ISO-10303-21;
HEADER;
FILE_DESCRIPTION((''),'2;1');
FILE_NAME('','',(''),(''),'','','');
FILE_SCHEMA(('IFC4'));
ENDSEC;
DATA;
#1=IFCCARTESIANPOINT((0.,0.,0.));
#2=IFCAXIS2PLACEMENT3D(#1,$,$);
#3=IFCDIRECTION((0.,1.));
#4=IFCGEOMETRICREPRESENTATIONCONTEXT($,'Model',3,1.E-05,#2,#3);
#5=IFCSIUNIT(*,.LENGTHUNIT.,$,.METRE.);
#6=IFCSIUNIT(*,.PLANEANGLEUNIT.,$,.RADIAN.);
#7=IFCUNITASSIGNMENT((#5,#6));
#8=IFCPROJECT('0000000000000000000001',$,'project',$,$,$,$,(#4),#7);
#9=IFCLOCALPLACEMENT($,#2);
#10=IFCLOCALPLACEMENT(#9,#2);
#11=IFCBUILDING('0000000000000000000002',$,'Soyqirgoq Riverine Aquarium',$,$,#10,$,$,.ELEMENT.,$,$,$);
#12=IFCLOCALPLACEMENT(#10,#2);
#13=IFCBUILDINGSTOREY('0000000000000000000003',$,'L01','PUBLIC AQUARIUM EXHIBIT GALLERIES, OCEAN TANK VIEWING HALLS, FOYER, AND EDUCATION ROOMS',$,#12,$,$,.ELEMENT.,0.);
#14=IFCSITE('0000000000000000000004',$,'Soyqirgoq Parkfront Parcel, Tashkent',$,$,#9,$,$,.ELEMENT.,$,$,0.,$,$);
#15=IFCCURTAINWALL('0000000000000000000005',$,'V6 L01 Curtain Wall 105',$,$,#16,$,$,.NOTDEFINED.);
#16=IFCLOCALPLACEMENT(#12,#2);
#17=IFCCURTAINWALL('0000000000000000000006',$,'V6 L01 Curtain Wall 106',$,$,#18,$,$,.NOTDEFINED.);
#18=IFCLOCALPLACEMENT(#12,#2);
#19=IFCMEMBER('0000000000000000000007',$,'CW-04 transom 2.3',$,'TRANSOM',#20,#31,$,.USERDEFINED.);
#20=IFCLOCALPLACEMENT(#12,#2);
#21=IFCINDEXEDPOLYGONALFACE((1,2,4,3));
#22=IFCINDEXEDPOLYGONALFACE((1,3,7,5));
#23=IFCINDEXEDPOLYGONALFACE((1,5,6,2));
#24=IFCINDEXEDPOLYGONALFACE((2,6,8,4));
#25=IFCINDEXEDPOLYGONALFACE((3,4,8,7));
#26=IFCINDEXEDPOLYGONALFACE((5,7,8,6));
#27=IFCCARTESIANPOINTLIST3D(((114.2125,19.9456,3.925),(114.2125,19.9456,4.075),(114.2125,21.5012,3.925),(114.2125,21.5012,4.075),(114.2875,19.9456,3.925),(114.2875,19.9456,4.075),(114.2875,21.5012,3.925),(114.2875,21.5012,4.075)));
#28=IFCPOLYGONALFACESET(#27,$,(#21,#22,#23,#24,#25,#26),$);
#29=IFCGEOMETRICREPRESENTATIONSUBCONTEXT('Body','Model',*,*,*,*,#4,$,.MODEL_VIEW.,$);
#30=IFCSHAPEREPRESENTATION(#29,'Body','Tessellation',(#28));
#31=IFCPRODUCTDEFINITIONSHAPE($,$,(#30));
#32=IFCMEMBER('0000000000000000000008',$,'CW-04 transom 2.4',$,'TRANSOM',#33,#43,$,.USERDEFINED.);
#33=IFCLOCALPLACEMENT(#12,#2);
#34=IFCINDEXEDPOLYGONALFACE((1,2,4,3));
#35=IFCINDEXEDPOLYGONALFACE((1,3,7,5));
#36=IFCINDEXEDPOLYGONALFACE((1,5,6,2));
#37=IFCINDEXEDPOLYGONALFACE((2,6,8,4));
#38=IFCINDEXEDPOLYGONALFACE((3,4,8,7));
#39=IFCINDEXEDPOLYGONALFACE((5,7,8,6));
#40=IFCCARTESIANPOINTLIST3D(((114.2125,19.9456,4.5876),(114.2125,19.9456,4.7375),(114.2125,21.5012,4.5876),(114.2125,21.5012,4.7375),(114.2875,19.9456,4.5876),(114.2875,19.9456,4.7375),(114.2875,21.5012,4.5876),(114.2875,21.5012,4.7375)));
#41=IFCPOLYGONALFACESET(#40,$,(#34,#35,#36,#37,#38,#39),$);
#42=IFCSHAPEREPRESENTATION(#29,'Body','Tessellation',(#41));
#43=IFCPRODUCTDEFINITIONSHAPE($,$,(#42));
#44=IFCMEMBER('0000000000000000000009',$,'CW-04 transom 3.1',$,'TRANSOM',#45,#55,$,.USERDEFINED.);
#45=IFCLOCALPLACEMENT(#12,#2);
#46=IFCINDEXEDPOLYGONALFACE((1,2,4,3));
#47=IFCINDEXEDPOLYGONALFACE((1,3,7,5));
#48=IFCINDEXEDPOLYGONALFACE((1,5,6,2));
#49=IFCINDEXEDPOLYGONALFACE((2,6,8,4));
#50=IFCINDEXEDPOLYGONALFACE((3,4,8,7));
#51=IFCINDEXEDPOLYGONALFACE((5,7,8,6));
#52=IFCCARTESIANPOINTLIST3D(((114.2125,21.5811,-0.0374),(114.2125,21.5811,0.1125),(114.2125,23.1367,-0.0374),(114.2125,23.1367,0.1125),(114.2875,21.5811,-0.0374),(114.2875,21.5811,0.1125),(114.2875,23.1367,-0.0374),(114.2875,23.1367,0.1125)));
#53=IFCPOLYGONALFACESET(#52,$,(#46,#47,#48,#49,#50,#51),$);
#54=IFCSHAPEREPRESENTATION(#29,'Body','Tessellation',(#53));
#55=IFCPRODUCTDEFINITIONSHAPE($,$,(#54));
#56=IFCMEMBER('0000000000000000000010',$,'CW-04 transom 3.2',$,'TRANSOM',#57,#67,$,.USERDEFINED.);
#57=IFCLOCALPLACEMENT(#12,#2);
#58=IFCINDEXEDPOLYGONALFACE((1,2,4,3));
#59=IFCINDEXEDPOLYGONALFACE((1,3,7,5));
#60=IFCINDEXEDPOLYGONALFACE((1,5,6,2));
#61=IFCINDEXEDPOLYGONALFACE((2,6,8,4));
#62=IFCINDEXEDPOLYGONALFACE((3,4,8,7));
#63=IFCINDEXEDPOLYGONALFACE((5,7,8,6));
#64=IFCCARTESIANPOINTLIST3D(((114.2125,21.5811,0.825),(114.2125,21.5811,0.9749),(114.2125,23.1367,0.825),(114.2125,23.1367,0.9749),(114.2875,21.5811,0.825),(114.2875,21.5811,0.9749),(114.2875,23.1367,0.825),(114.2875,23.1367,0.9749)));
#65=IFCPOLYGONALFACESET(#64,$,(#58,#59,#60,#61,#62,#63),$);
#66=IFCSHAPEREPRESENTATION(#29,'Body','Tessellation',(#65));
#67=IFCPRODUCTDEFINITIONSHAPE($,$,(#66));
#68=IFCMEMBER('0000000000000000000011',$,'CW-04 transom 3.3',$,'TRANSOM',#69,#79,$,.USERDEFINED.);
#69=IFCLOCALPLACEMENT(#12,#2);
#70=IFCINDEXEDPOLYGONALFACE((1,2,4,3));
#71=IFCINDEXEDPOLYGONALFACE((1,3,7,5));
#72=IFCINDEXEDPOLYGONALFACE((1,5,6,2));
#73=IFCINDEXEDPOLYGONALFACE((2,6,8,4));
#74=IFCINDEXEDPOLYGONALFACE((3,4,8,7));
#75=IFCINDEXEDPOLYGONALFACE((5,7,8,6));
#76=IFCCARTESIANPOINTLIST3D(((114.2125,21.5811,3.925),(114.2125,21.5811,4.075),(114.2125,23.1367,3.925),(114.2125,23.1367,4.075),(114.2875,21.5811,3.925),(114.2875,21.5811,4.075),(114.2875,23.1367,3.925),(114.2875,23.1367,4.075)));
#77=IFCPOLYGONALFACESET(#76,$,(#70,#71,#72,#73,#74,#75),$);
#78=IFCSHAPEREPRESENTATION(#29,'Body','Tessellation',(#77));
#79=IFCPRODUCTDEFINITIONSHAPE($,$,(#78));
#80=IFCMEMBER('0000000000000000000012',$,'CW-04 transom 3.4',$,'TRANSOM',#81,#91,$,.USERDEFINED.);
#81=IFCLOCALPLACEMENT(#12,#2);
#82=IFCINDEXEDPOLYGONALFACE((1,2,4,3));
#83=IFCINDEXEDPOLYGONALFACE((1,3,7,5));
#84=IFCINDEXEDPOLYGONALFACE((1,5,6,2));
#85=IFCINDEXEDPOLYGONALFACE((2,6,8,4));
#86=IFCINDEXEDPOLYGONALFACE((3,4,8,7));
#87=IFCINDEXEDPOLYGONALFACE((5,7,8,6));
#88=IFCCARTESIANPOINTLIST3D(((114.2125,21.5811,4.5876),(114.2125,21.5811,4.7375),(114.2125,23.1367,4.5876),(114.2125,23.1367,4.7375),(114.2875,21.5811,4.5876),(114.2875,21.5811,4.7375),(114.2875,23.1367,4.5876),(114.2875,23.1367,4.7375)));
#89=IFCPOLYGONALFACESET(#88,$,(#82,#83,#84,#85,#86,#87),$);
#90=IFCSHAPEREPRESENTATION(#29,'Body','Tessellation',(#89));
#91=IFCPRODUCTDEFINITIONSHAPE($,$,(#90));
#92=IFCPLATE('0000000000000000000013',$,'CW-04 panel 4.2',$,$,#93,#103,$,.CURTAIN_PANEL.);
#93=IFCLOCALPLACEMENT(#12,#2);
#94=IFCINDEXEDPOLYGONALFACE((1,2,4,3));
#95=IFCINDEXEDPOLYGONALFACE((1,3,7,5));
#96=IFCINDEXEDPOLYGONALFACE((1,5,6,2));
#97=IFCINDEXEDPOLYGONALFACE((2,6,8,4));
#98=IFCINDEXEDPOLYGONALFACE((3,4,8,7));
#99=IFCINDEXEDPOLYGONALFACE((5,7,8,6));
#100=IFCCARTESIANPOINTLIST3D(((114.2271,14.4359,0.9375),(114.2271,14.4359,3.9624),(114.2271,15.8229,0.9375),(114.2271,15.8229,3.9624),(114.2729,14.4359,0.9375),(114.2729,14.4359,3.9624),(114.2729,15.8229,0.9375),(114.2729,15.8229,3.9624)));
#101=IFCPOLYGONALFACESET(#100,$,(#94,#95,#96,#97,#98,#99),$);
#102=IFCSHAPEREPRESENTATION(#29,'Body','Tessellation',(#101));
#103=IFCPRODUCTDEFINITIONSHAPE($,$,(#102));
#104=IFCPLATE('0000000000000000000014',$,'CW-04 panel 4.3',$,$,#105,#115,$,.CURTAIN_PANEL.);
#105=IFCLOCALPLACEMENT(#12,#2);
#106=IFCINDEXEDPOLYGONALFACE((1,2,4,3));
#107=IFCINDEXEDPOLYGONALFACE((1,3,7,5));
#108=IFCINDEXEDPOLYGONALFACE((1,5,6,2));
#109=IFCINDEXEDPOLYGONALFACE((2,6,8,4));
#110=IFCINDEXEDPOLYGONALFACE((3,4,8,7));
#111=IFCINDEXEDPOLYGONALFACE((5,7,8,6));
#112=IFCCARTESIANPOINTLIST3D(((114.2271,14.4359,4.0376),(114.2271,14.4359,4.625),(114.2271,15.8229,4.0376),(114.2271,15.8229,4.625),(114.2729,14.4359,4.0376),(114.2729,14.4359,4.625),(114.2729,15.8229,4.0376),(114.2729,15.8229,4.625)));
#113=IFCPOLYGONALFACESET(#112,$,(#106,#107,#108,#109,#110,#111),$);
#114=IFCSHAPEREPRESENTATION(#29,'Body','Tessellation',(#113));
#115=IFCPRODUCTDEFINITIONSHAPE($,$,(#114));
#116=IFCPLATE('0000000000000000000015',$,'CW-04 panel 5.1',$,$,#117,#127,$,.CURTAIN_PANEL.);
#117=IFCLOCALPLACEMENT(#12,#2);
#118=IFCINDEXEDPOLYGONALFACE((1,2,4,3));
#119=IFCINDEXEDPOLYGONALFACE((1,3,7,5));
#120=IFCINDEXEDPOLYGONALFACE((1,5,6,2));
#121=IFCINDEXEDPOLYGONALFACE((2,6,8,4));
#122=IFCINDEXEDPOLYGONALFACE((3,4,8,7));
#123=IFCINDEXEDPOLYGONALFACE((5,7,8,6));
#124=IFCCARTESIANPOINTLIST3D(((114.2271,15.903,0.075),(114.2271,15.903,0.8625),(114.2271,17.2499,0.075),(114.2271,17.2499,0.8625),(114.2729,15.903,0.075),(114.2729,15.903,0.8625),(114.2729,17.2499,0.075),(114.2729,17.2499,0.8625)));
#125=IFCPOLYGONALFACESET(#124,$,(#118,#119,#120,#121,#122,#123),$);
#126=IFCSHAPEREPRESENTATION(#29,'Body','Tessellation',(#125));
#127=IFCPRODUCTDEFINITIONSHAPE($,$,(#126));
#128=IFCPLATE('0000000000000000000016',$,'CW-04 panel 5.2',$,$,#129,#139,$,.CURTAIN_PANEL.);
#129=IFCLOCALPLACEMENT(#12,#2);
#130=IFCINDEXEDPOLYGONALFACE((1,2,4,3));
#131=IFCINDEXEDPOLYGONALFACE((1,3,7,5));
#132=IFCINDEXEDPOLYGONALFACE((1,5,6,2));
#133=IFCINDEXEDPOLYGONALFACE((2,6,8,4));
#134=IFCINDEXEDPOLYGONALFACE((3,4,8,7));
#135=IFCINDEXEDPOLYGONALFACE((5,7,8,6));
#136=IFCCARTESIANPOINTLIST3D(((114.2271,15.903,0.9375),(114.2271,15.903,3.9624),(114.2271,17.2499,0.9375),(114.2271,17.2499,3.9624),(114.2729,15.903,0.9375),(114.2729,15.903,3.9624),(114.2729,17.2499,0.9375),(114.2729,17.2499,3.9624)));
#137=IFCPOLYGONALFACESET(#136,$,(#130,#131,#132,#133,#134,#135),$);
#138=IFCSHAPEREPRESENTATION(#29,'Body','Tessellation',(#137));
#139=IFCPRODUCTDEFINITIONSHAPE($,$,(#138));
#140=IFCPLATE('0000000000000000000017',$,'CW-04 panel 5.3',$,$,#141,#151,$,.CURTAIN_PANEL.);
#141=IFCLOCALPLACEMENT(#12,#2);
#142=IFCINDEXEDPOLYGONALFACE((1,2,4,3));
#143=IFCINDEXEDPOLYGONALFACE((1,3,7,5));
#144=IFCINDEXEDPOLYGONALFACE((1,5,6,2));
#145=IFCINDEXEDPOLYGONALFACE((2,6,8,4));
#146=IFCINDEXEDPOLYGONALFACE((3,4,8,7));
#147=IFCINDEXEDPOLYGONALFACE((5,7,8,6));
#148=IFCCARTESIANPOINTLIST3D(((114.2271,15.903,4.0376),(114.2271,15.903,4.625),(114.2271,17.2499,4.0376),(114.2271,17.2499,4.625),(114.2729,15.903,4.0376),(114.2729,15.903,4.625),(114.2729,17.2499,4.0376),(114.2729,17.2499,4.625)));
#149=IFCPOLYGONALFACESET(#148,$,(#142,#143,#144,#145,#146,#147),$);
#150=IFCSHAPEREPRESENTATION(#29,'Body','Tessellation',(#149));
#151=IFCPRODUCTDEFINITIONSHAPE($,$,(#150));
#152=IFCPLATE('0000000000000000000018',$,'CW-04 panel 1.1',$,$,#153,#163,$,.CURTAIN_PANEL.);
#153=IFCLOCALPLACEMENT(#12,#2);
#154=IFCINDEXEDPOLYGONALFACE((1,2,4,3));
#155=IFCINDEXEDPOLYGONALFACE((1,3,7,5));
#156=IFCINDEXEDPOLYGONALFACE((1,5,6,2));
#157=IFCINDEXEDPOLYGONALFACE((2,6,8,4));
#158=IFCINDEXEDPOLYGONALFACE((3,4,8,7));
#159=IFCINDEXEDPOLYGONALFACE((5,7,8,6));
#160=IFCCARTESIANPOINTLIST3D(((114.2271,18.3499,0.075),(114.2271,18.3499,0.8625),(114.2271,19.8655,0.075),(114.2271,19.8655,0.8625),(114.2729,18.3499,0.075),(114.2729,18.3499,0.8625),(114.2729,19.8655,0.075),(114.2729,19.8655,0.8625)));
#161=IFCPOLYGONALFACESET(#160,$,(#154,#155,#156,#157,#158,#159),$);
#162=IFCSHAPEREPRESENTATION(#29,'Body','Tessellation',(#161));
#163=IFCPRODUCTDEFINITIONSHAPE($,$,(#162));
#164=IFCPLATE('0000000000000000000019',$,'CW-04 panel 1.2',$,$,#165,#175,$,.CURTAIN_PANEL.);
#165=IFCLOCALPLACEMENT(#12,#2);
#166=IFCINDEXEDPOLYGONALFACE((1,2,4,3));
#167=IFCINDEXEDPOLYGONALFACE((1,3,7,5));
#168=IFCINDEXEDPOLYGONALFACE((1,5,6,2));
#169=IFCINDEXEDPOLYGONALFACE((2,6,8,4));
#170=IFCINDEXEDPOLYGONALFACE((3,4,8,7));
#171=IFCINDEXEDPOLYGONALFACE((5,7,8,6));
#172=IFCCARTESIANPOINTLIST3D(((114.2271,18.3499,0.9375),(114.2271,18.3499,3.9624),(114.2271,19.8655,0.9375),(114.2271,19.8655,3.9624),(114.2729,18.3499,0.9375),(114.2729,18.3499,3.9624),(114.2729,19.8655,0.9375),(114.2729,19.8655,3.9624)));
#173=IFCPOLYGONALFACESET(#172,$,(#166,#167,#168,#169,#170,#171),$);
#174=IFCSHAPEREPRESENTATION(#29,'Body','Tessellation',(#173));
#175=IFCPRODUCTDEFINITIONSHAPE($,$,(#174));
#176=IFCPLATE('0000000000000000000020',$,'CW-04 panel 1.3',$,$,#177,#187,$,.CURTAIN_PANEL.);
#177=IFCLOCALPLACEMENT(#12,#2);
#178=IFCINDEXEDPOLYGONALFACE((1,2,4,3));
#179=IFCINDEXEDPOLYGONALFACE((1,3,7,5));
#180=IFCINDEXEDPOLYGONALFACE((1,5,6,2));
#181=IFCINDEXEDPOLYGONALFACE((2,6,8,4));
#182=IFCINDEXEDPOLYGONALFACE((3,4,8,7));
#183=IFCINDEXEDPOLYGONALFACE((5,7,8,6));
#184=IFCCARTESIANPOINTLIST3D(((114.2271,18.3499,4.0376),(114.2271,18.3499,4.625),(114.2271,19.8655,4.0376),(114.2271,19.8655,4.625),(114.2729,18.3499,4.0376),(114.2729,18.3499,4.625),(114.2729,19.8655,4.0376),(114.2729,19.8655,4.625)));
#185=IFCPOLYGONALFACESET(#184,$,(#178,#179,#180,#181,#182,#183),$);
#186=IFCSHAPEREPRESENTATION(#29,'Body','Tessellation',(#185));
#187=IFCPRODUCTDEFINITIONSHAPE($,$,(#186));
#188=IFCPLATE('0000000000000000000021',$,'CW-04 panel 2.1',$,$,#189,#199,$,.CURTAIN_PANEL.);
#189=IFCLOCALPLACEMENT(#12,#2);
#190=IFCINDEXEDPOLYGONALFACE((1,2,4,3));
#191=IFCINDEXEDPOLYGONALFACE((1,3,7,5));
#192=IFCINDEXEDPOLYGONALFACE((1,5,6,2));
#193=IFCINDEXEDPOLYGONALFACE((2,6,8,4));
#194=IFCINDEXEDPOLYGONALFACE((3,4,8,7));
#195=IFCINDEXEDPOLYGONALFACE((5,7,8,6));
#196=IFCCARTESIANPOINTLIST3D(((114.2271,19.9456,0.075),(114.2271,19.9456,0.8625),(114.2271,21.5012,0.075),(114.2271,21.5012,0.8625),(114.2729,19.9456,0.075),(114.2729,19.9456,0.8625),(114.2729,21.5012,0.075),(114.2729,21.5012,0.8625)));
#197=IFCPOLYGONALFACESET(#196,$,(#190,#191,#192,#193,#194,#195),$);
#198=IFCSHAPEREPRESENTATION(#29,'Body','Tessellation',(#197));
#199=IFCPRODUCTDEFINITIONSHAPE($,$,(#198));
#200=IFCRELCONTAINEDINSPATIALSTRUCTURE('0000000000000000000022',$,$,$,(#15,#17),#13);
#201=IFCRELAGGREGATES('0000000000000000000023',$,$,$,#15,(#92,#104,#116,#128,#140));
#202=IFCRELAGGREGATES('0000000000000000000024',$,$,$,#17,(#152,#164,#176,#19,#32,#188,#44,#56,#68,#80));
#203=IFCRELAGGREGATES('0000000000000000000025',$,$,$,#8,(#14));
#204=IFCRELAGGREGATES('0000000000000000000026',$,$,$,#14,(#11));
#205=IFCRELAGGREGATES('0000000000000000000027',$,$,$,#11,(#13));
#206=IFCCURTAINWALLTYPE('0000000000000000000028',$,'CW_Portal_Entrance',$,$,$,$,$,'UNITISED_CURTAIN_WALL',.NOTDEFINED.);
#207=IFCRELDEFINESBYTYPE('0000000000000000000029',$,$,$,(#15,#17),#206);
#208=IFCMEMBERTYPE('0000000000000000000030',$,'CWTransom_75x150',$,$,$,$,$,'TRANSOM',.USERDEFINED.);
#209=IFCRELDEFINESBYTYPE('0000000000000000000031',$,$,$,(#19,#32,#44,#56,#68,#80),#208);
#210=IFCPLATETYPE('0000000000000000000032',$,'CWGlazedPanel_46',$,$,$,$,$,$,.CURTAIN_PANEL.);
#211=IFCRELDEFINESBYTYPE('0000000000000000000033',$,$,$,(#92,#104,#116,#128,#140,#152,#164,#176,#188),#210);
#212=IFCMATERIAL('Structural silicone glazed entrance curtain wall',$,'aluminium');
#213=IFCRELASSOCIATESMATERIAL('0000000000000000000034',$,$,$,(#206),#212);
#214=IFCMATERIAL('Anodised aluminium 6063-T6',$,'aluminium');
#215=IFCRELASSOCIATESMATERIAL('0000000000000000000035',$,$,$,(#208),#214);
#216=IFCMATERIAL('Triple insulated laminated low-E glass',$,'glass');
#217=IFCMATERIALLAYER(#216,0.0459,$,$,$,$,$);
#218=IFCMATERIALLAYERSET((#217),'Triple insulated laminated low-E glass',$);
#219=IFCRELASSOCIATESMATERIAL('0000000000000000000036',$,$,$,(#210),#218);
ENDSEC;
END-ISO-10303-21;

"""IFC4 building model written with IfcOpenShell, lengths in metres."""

from ifc_helpers import new_model, si_unit, direction, frame, origin, origin_2d, place, context, subcontext, project, spatial, rectangle, extrude, material, layer, layer_set, material_profile, profile_set, type_object, element, aggregate, save


model = new_model("IFC4")

# Units and contexts
model_context = context("Model", 3, precision=1e-05, world=origin(), true_north=direction((0.0, 1.0)))
body_context = subcontext(model_context, "Body", "Model", "MODEL_VIEW")
ifc_project = project(units=[si_unit("LENGTHUNIT", "METRE"), si_unit("PLANEANGLEUNIT", "RADIAN")], contexts=[model_context])

# Site, building, storey
site_placement = place(None, origin())
site = spatial("IfcSite", under=ifc_project, at=site_placement, Name="Soyqirgoq Parkfront Parcel, Tashkent", CompositionType="ELEMENT", RefElevation=0.0)
building_placement = place(site_placement, origin())
building = spatial("IfcBuilding", under=site, at=building_placement, Name="Soyqirgoq Riverine Aquarium", CompositionType="ELEMENT")
storey_placement = place(building_placement, origin())
storey = spatial("IfcBuildingStorey", under=building, at=storey_placement, Name="L01", Description="PUBLIC AQUARIUM EXHIBIT GALLERIES, OCEAN TANK VIEWING HALLS, FOYER, AND EDUCATION ROOMS", CompositionType="ELEMENT", Elevation=0.0)

# Curtain walls
ifc_material_1 = material(Name="Structural silicone glazed entrance curtain wall", Category="aluminium")
curtain_wall_type = type_object("IfcCurtainWallType", Name="CW_Portal_Entrance", ElementType="UNITISED_CURTAIN_WALL", PredefinedType="NOTDEFINED", material=ifc_material_1)
curtain_wall_1_placement = place(storey_placement, origin())
curtain_wall_1 = element("IfcCurtainWall", 1, at=curtain_wall_1_placement, inside=storey, type_object=curtain_wall_type, Name="V6 L01 Curtain Wall 105", PredefinedType="NOTDEFINED")
curtain_wall_2_placement = place(storey_placement, origin())
curtain_wall_2 = element("IfcCurtainWall", 2, at=curtain_wall_2_placement, inside=storey, type_object=curtain_wall_type, Name="V6 L01 Curtain Wall 106", PredefinedType="NOTDEFINED")

# Members
ifc_material_2 = material(Name="Anodised aluminium 6063-T6", Category="aluminium")
ifc_material_profile_1 = material_profile(ifc_material_2, rectangle(XDim=0.075, YDim=0.1499, at=origin_2d()), Name="ALU-T 75x150")
ifc_profile_set_1 = profile_set([ifc_material_profile_1], Name="Anodised aluminium 6063-T6")
member_type_1 = type_object("IfcMemberType", Name="CWTransom_75x150", ElementType="TRANSOM", PredefinedType="USERDEFINED", material=ifc_profile_set_1)
member_1_placement = place(storey_placement, frame((114.25, 19.9456, 4.0), z_axis=(0.0, 1.0, 0.0), x_axis=(-1.0, 0.0, 0.0)))
member_1 = element("IfcMember", 3, at=member_1_placement, type_object=member_type_1, Name="CW-04 transom 2.3", ObjectType="TRANSOM", PredefinedType="USERDEFINED", context=body_context, shape_type="SweptSolid", body=[
    extrude(rectangle(XDim=0.075, YDim=0.1499, at=origin_2d()), origin(), (0.0, 0.0, 1.0), 1.5557),
])
member_2_placement = place(storey_placement, frame((114.25, 19.9456, 4.6626), z_axis=(0.0, 1.0, 0.0), x_axis=(-1.0, 0.0, 0.0)))
member_2 = element("IfcMember", 4, at=member_2_placement, type_object=member_type_1, Name="CW-04 transom 2.4", ObjectType="TRANSOM", PredefinedType="USERDEFINED", context=body_context, shape_type="SweptSolid", body=[
    extrude(rectangle(XDim=0.075, YDim=0.1499, at=origin_2d()), origin(), (0.0, 0.0, 1.0), 1.5557),
])
member_3_placement = place(storey_placement, frame((114.25, 21.5811, 0.0376), z_axis=(0.0, 1.0, 0.0), x_axis=(-1.0, 0.0, 0.0)))
member_3 = element("IfcMember", 5, at=member_3_placement, type_object=member_type_1, Name="CW-04 transom 3.1", ObjectType="TRANSOM", PredefinedType="USERDEFINED", context=body_context, shape_type="SweptSolid", body=[
    extrude(rectangle(XDim=0.075, YDim=0.1499, at=origin_2d()), origin(), (0.0, 0.0, 1.0), 1.5557),
])
member_4_placement = place(storey_placement, frame((114.25, 21.5811, 0.8999), z_axis=(0.0, 1.0, 0.0), x_axis=(-1.0, 0.0, 0.0)))
member_4 = element("IfcMember", 6, at=member_4_placement, type_object=member_type_1, Name="CW-04 transom 3.2", ObjectType="TRANSOM", PredefinedType="USERDEFINED", context=body_context, shape_type="SweptSolid", body=[
    extrude(rectangle(XDim=0.075, YDim=0.1499, at=origin_2d()), origin(), (0.0, 0.0, 1.0), 1.5557),
])
member_5_placement = place(storey_placement, frame((114.25, 21.5811, 4.0), z_axis=(0.0, 1.0, 0.0), x_axis=(-1.0, 0.0, 0.0)))
member_5 = element("IfcMember", 7, at=member_5_placement, type_object=member_type_1, Name="CW-04 transom 3.3", ObjectType="TRANSOM", PredefinedType="USERDEFINED", context=body_context, shape_type="SweptSolid", body=[
    extrude(rectangle(XDim=0.075, YDim=0.1499, at=origin_2d()), origin(), (0.0, 0.0, 1.0), 1.5557),
])
member_6_placement = place(storey_placement, frame((114.25, 21.5811, 4.6626), z_axis=(0.0, 1.0, 0.0), x_axis=(-1.0, 0.0, 0.0)))
member_6 = element("IfcMember", 8, at=member_6_placement, type_object=member_type_1, Name="CW-04 transom 3.4", ObjectType="TRANSOM", PredefinedType="USERDEFINED", context=body_context, shape_type="SweptSolid", body=[
    extrude(rectangle(XDim=0.075, YDim=0.1499, at=origin_2d()), origin(), (0.0, 0.0, 1.0), 1.5557),
])

# Plates
ifc_material_3 = material(Name="Triple insulated laminated low-E glass", Category="glass")
ifc_layer = layer(ifc_material_3, 0.0459)
ifc_layer_set = layer_set([ifc_layer], Name="Triple insulated laminated low-E glass")
plate_type = type_object("IfcPlateType", Name="CWGlazedPanel_46", PredefinedType="CURTAIN_PANEL", material=ifc_layer_set)
plate_1_placement = place(storey_placement, frame((114.25, 15.1294, 0.9375), z_axis=(0.0, 0.0, 1.0), x_axis=(0.0, 1.0, 0.0)))
plate_1 = element("IfcPlate", 9, at=plate_1_placement, type_object=plate_type, Name="CW-04 panel 4.2", PredefinedType="CURTAIN_PANEL", context=body_context, shape_type="SweptSolid", body=[
    extrude(rectangle(XDim=1.387, YDim=0.0459, at=origin_2d()), origin(), (0.0, 0.0, 1.0), 3.0249),
])
plate_2_placement = place(storey_placement, frame((114.25, 15.1294, 4.0376), z_axis=(0.0, 0.0, 1.0), x_axis=(0.0, 1.0, 0.0)))
plate_2 = element("IfcPlate", 10, at=plate_2_placement, type_object=plate_type, Name="CW-04 panel 4.3", PredefinedType="CURTAIN_PANEL", context=body_context, shape_type="SweptSolid", body=[
    extrude(rectangle(XDim=1.387, YDim=0.0459, at=origin_2d()), origin(), (0.0, 0.0, 1.0), 0.5874),
])
plate_3_placement = place(storey_placement, frame((114.25, 16.5764, 0.075), z_axis=(0.0, 0.0, 1.0), x_axis=(0.0, 1.0, 0.0)))
plate_3 = element("IfcPlate", 11, at=plate_3_placement, type_object=plate_type, Name="CW-04 panel 5.1", PredefinedType="CURTAIN_PANEL", context=body_context, shape_type="SweptSolid", body=[
    extrude(rectangle(XDim=1.3469, YDim=0.0459, at=origin_2d()), origin(), (0.0, 0.0, 1.0), 0.7876),
])
plate_4_placement = place(storey_placement, frame((114.25, 16.5764, 0.9375), z_axis=(0.0, 0.0, 1.0), x_axis=(0.0, 1.0, 0.0)))
plate_4 = element("IfcPlate", 12, at=plate_4_placement, type_object=plate_type, Name="CW-04 panel 5.2", PredefinedType="CURTAIN_PANEL", context=body_context, shape_type="SweptSolid", body=[
    extrude(rectangle(XDim=1.3469, YDim=0.0459, at=origin_2d()), origin(), (0.0, 0.0, 1.0), 3.0249),
])
plate_5_placement = place(storey_placement, frame((114.25, 16.5764, 4.0376), z_axis=(0.0, 0.0, 1.0), x_axis=(0.0, 1.0, 0.0)))
plate_5 = element("IfcPlate", 13, at=plate_5_placement, type_object=plate_type, Name="CW-04 panel 5.3", PredefinedType="CURTAIN_PANEL", context=body_context, shape_type="SweptSolid", body=[
    extrude(rectangle(XDim=1.3469, YDim=0.0459, at=origin_2d()), origin(), (0.0, 0.0, 1.0), 0.5874),
])
aggregate(curtain_wall_1, [plate_1, plate_2, plate_3, plate_4, plate_5])
plate_6_placement = place(storey_placement, frame((114.25, 19.1077, 0.075), z_axis=(0.0, 0.0, 1.0), x_axis=(0.0, 1.0, 0.0)))
plate_6 = element("IfcPlate", 14, at=plate_6_placement, type_object=plate_type, Name="CW-04 panel 1.1", PredefinedType="CURTAIN_PANEL", context=body_context, shape_type="SweptSolid", body=[
    extrude(rectangle(XDim=1.5156, YDim=0.0459, at=origin_2d()), origin(), (0.0, 0.0, 1.0), 0.7876),
])
plate_7_placement = place(storey_placement, frame((114.25, 19.1077, 0.9375), z_axis=(0.0, 0.0, 1.0), x_axis=(0.0, 1.0, 0.0)))
plate_7 = element("IfcPlate", 15, at=plate_7_placement, type_object=plate_type, Name="CW-04 panel 1.2", PredefinedType="CURTAIN_PANEL", context=body_context, shape_type="SweptSolid", body=[
    extrude(rectangle(XDim=1.5156, YDim=0.0459, at=origin_2d()), origin(), (0.0, 0.0, 1.0), 3.0249),
])
plate_8_placement = place(storey_placement, frame((114.25, 19.1077, 4.0376), z_axis=(0.0, 0.0, 1.0), x_axis=(0.0, 1.0, 0.0)))
plate_8 = element("IfcPlate", 16, at=plate_8_placement, type_object=plate_type, Name="CW-04 panel 1.3", PredefinedType="CURTAIN_PANEL", context=body_context, shape_type="SweptSolid", body=[
    extrude(rectangle(XDim=1.5156, YDim=0.0459, at=origin_2d()), origin(), (0.0, 0.0, 1.0), 0.5874),
])
plate_9_placement = place(storey_placement, frame((114.25, 20.7234, 0.075), z_axis=(0.0, 0.0, 1.0), x_axis=(0.0, 1.0, 0.0)))
plate_9 = element("IfcPlate", 17, at=plate_9_placement, type_object=plate_type, Name="CW-04 panel 2.1", PredefinedType="CURTAIN_PANEL", context=body_context, shape_type="SweptSolid", body=[
    extrude(rectangle(XDim=1.5557, YDim=0.0459, at=origin_2d()), origin(), (0.0, 0.0, 1.0), 0.7876),
])
aggregate(curtain_wall_2, [plate_6, plate_7, plate_8, member_1, member_2, plate_9, member_3, member_4, member_5, member_6])

save(model, "model.ifc")
